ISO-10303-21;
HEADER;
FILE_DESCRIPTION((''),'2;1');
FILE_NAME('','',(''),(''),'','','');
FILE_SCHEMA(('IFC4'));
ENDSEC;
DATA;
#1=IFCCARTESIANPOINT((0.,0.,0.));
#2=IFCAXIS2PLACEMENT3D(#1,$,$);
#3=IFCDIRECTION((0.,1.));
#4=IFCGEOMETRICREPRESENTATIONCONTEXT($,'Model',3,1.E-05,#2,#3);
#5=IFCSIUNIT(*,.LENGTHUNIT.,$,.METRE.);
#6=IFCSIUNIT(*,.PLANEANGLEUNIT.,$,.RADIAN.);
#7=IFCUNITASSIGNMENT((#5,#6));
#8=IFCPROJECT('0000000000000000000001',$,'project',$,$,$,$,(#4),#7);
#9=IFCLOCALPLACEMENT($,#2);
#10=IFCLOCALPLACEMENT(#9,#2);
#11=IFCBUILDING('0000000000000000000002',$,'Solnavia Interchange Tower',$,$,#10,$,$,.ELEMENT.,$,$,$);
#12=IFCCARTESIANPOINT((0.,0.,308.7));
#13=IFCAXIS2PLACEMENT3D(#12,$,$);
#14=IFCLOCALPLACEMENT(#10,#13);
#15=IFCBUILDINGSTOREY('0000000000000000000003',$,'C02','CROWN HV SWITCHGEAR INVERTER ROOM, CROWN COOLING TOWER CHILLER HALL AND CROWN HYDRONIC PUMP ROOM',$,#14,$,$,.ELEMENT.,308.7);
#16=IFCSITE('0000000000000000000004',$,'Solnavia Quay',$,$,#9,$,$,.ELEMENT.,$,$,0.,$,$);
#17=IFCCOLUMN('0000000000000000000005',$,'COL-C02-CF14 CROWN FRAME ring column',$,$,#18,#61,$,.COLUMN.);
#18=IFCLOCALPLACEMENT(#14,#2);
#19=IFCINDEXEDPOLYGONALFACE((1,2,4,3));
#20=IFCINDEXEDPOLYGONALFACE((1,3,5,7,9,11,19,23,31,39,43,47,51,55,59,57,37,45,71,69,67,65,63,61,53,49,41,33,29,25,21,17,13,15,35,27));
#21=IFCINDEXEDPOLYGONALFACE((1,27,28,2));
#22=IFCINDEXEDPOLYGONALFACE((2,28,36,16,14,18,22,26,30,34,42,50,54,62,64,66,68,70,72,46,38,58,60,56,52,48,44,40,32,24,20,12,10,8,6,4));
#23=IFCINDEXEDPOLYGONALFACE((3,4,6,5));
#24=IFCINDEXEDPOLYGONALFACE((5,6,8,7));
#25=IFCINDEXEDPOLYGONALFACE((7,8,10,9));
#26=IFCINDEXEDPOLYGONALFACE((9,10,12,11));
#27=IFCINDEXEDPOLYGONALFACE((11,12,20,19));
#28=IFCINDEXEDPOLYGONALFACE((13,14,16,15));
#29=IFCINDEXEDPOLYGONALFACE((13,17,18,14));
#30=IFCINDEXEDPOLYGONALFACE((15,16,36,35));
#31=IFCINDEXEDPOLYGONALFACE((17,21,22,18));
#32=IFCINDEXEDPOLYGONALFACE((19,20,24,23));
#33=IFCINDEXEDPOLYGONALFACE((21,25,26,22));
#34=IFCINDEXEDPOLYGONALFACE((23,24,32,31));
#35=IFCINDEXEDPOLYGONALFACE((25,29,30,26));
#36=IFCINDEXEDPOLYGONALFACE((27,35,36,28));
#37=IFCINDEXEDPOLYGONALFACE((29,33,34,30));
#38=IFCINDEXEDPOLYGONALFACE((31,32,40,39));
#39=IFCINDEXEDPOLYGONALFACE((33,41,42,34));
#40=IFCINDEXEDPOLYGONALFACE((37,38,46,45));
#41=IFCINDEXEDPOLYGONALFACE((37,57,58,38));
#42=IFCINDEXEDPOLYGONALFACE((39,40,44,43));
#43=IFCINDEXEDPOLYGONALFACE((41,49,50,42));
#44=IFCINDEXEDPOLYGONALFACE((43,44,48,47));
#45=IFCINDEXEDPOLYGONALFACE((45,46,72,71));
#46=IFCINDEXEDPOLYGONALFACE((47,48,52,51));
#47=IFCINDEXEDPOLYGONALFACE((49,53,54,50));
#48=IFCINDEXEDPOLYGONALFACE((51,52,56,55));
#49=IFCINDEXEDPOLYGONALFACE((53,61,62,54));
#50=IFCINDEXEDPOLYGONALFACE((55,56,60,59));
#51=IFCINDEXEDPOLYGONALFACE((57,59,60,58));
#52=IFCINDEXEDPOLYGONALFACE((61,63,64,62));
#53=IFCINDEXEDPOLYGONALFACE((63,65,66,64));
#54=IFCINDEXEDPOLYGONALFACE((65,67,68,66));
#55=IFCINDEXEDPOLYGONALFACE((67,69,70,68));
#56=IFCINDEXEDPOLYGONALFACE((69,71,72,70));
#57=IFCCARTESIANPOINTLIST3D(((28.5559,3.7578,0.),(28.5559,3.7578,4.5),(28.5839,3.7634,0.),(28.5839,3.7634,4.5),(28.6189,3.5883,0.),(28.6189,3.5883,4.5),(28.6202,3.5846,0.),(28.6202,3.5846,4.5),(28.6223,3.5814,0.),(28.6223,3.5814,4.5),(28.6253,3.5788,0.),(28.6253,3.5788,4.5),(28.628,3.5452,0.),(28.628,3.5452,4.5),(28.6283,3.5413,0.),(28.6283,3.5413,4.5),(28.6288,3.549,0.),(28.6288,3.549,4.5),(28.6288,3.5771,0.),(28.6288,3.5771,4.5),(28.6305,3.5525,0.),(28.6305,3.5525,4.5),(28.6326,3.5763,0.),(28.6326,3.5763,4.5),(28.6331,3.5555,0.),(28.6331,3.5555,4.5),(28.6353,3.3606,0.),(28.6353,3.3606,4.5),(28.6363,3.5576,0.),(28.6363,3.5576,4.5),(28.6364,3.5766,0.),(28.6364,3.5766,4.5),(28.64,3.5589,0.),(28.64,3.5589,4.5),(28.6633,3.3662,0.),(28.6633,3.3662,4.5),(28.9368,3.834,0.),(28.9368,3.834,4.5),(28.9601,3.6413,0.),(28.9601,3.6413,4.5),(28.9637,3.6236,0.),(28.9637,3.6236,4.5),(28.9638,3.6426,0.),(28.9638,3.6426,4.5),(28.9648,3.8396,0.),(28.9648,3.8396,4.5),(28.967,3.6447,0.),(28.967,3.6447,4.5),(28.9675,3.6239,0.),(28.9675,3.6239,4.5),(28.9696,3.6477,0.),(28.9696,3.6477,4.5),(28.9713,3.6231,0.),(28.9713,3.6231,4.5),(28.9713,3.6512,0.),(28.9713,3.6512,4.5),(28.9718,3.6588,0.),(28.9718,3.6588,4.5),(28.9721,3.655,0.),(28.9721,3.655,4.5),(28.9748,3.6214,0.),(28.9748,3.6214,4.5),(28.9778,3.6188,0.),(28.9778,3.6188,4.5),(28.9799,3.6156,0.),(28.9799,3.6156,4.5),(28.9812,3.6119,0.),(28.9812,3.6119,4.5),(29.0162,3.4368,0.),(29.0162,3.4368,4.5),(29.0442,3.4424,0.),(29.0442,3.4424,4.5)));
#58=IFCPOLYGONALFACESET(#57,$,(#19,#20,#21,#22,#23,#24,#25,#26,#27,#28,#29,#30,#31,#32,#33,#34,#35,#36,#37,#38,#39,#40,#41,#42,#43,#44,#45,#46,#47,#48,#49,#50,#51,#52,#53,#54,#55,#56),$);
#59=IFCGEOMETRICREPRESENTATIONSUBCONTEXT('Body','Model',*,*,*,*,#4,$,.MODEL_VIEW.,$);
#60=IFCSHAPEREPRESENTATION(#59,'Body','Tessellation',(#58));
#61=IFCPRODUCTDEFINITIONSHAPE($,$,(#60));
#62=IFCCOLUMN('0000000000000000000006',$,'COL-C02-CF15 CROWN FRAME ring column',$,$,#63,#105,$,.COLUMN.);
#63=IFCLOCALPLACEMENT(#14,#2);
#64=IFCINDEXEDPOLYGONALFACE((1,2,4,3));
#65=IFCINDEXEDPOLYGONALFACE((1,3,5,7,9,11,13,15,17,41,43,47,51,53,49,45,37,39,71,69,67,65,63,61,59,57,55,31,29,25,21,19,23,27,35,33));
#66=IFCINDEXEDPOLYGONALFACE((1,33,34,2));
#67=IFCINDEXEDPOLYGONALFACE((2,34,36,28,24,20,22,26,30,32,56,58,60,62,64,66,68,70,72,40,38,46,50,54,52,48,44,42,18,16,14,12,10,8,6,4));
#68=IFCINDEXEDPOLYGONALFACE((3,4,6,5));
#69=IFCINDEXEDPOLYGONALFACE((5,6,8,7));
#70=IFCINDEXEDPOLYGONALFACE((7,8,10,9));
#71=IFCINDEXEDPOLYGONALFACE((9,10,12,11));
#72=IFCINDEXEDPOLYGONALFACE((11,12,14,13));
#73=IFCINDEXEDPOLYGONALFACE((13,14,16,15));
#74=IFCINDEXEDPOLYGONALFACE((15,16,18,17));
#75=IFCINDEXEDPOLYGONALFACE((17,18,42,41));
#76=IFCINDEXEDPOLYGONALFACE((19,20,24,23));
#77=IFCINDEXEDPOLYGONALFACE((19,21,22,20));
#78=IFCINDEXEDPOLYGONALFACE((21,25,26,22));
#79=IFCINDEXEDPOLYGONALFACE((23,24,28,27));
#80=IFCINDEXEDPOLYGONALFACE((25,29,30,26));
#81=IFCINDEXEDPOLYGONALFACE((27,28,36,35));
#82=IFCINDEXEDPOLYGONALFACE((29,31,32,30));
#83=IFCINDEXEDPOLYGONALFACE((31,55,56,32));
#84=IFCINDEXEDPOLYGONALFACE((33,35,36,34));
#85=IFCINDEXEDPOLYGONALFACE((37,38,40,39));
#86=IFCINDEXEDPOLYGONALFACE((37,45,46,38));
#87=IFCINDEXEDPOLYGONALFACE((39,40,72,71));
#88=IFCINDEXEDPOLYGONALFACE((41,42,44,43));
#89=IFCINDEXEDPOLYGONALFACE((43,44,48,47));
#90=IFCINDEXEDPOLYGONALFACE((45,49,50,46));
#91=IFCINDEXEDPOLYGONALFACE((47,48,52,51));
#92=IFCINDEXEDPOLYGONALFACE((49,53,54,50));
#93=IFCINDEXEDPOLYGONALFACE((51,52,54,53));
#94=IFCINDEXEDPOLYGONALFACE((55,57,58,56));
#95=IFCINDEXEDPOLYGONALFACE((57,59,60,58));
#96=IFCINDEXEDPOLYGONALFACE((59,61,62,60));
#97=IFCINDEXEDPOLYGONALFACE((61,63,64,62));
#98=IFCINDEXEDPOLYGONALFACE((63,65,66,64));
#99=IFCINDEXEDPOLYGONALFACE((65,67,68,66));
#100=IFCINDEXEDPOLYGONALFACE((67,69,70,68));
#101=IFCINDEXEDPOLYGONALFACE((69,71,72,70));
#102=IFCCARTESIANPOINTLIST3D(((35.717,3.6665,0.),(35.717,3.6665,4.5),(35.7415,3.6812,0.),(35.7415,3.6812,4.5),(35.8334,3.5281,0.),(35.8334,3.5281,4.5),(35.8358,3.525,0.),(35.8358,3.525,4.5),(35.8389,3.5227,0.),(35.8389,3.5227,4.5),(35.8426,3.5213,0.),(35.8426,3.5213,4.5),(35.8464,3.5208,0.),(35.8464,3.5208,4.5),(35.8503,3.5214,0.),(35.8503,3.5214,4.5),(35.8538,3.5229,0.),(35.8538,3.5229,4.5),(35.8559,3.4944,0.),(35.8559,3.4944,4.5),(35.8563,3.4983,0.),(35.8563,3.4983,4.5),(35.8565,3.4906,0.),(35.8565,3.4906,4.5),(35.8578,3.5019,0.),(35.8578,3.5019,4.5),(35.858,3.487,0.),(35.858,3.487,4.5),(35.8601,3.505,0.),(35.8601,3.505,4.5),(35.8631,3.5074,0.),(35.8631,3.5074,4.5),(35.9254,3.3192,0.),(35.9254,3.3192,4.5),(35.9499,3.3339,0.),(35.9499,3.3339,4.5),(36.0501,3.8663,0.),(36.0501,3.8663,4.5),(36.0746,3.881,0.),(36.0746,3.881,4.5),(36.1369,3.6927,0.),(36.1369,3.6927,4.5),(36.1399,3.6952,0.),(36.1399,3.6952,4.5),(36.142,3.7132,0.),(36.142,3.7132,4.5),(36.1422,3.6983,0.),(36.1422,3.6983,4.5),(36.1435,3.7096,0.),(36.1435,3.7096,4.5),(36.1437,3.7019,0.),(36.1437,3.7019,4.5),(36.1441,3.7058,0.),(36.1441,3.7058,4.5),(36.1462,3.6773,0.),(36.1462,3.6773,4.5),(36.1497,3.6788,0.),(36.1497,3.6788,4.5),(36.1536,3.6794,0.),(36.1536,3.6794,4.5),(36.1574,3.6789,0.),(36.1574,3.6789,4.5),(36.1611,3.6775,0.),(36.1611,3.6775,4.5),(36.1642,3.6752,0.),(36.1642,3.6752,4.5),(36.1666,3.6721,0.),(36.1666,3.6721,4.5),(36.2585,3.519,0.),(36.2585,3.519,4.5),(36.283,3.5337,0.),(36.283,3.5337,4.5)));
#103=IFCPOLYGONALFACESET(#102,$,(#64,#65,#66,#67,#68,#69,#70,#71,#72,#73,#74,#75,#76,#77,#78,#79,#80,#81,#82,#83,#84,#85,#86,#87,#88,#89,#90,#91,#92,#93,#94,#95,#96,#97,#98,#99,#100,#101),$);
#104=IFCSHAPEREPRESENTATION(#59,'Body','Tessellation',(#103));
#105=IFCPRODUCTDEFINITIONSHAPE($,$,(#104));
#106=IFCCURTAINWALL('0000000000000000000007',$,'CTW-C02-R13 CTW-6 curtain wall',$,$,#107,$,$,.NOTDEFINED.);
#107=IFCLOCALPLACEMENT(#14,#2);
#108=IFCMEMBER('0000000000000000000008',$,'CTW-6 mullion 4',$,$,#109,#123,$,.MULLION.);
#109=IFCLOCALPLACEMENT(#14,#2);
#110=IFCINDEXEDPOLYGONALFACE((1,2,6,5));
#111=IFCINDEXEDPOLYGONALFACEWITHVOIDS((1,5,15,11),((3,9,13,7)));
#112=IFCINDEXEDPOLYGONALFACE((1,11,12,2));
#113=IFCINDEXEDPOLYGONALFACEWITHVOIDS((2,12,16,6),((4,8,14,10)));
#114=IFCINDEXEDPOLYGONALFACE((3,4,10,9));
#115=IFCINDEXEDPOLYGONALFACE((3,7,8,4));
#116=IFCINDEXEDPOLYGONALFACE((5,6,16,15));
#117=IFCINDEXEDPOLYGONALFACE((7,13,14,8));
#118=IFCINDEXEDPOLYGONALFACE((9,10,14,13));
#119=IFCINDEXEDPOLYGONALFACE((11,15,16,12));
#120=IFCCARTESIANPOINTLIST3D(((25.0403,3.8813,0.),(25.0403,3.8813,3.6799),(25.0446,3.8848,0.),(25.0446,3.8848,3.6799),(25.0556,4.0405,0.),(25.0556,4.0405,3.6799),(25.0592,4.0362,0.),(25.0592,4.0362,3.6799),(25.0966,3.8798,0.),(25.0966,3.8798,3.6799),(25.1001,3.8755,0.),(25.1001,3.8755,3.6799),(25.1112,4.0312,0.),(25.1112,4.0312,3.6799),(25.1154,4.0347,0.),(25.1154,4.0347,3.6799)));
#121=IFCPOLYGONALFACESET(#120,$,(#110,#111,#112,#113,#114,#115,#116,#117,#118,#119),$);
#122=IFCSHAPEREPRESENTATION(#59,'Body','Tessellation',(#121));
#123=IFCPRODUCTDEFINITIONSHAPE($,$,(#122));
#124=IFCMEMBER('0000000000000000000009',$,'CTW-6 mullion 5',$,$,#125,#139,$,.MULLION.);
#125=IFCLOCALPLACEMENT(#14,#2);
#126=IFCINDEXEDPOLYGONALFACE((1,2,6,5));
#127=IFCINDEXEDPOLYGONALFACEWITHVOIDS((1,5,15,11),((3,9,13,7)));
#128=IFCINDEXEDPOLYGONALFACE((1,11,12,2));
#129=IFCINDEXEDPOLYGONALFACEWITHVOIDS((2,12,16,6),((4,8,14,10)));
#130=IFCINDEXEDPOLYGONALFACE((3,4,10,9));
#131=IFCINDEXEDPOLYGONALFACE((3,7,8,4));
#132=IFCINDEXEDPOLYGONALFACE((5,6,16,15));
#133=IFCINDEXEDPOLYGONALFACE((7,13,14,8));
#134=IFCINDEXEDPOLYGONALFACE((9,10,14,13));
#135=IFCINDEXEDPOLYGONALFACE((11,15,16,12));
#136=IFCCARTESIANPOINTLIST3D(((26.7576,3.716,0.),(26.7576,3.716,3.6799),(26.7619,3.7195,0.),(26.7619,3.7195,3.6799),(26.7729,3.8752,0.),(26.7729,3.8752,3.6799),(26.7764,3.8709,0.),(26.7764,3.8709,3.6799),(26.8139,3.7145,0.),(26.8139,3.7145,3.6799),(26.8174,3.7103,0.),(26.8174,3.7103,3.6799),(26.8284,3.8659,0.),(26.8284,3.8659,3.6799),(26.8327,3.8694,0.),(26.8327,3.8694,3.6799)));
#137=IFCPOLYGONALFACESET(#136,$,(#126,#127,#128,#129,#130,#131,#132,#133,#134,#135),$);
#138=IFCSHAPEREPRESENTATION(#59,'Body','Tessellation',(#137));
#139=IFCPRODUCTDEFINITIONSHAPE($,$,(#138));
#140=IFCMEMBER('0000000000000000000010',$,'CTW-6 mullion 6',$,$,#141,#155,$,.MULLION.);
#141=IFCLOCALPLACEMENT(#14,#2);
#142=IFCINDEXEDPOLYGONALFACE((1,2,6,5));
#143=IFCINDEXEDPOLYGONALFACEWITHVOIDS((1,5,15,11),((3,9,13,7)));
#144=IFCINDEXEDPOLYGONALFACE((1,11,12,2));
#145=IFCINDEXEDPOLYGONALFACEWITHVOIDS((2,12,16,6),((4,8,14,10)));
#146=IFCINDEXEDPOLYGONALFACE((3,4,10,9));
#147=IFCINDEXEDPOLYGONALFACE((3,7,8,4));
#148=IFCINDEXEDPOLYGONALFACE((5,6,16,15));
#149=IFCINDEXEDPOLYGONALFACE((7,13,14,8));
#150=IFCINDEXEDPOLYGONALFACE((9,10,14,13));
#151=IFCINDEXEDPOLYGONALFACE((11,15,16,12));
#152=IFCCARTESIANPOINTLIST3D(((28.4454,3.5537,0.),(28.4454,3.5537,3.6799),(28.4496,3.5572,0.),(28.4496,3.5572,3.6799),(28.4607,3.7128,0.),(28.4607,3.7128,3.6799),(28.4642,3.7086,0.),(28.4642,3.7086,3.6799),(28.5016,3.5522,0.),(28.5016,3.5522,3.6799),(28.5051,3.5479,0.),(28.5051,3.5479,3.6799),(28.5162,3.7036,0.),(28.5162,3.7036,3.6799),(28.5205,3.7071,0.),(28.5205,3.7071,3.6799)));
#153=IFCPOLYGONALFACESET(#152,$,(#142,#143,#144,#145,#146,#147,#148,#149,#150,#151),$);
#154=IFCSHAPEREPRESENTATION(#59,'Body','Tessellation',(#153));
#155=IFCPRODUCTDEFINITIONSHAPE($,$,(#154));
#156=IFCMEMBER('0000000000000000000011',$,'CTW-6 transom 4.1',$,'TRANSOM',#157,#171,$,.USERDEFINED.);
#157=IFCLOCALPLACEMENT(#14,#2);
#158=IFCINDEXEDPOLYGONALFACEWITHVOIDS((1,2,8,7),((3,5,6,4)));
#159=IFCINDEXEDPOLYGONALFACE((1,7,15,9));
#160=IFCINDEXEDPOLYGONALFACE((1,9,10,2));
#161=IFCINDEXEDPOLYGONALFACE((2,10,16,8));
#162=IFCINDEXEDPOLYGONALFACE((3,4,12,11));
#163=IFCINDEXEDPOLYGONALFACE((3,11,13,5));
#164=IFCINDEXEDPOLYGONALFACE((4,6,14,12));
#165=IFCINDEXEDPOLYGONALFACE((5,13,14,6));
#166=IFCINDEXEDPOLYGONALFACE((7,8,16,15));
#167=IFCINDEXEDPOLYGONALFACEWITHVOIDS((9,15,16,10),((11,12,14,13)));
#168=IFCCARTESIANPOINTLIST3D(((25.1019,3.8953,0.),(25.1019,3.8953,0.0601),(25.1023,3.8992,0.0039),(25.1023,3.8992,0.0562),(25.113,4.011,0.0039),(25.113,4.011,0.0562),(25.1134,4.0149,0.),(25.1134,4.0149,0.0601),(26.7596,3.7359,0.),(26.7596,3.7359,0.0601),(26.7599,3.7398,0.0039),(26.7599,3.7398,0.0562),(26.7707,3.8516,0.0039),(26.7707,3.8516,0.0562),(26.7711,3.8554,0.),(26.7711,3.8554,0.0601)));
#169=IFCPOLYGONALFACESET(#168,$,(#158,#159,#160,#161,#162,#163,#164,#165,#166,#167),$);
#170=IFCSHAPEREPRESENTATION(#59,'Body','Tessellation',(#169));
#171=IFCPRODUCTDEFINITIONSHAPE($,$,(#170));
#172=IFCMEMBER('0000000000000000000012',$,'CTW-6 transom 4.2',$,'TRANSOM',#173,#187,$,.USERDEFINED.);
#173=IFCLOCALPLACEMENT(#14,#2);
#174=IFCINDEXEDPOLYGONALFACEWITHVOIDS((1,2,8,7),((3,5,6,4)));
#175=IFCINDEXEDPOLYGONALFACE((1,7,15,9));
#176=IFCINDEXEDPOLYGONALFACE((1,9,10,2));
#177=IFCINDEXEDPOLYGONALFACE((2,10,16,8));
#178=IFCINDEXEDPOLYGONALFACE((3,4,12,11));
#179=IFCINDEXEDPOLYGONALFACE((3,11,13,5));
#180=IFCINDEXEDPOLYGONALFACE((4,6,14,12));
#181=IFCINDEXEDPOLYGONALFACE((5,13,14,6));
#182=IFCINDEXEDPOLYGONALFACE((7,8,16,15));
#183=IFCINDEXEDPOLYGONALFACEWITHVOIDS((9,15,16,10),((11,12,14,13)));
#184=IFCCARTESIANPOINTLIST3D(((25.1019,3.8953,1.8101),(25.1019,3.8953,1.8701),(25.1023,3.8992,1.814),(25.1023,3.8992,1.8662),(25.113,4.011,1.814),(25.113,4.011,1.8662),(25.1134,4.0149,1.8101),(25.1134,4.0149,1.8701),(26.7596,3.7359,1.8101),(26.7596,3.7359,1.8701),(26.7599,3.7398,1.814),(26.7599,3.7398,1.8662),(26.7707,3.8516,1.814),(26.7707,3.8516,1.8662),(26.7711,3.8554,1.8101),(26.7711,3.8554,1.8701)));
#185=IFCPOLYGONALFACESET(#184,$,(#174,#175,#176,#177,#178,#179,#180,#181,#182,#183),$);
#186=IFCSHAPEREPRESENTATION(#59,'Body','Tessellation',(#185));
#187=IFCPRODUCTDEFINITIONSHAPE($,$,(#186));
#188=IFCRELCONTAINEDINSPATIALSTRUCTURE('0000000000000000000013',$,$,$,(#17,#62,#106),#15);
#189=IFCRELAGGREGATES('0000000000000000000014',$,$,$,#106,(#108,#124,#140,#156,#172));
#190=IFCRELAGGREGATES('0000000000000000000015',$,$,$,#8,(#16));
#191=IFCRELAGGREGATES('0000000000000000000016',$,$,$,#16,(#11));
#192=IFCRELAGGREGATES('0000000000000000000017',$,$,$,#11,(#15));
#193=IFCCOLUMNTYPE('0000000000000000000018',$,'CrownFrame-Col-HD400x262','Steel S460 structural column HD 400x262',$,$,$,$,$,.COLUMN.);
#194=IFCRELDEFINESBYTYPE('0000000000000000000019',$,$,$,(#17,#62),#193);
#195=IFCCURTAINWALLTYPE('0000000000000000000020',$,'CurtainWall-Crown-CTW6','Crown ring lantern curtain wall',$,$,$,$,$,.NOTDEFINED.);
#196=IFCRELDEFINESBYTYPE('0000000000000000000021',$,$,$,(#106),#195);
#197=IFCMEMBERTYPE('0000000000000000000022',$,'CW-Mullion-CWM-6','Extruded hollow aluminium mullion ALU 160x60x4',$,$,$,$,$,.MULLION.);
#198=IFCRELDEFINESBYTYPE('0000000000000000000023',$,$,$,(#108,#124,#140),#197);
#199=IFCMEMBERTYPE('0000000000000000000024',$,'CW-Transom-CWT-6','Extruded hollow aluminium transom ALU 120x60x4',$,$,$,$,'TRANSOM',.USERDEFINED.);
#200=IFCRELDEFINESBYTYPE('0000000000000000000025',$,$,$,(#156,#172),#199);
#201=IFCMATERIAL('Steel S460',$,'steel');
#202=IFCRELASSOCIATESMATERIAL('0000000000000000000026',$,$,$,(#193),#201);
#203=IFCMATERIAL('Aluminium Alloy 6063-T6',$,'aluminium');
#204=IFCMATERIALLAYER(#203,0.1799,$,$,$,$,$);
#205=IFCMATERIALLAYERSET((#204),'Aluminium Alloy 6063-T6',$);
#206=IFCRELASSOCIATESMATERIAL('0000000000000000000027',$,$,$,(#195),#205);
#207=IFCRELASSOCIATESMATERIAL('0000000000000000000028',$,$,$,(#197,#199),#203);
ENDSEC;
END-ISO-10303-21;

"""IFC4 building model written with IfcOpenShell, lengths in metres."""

from ifc_helpers import new_model, si_unit, direction, frame, origin, origin_2d, place, context, subcontext, project, spatial, hollow_rectangle, i_section, extrude, material, layer, layer_set, material_profile, profile_set, type_object, element, aggregate, save


model = new_model("IFC4")

# Units and contexts
model_context = context("Model", 3, precision=1e-05, world=origin(), true_north=direction((0.0, 1.0)))
body_context = subcontext(model_context, "Body", "Model", "MODEL_VIEW")
ifc_project = project(units=[si_unit("LENGTHUNIT", "METRE"), si_unit("PLANEANGLEUNIT", "RADIAN")], contexts=[model_context])

# Site, building, storey
site_placement = place(None, origin())
site = spatial("IfcSite", under=ifc_project, at=site_placement, Name="Solnavia Quay", CompositionType="ELEMENT", RefElevation=0.0)
building_placement = place(site_placement, origin())
building = spatial("IfcBuilding", under=site, at=building_placement, Name="Solnavia Interchange Tower", CompositionType="ELEMENT")
storey_placement = place(building_placement, frame((0.0, 0.0, 308.7)))
storey = spatial("IfcBuildingStorey", under=building, at=storey_placement, Name="C02", Description="CROWN HV SWITCHGEAR INVERTER ROOM, CROWN COOLING TOWER CHILLER HALL AND CROWN HYDRONIC PUMP ROOM", CompositionType="ELEMENT", Elevation=308.7)

# Columns
ifc_material_1 = material(Name="Steel S460", Category="steel")
ifc_material_profile_1 = material_profile(ifc_material_1, i_section(OverallWidth=0.405, OverallDepth=0.417, WebThickness=0.0181, FlangeThickness=0.0286, FilletRadius=0.0149, at=origin_2d()), Name="HD 400x262")
ifc_profile_set_1 = profile_set([ifc_material_profile_1], Name="Steel S460")
column_type = type_object("IfcColumnType", Name="CrownFrame-Col-HD400x262", Description="Steel S460 structural column HD 400x262", PredefinedType="COLUMN", material=ifc_profile_set_1)
for number, where, z_axis, x_axis, name in (
    (1, (28.8, 3.6001, 0.0), (0.0, 0.0, 1.0), (0.196117, -0.98058, 0.0), "COL-C02-CF14 CROWN FRAME ring column"),
    (2, (36.0, 3.6001, 0.0), (0.0, 0.0, 1.0), (0.51444, -0.857527, 0.0), "COL-C02-CF15 CROWN FRAME ring column"),
):
    element("IfcColumn", number, at=place(storey_placement, frame(where, z_axis=z_axis, x_axis=x_axis)), inside=storey, type_object=column_type, Name=name, PredefinedType="COLUMN", context=body_context, shape_type="SweptSolid", body=[
        extrude(i_section(OverallWidth=0.405, OverallDepth=0.417, WebThickness=0.0181, FlangeThickness=0.0286, FilletRadius=0.0149, at=origin_2d()), origin(), (0.0, 0.0, 1.0), 4.5),
    ])

# Curtain wall, members
ifc_material_2 = material(Name="Aluminium Alloy 6063-T6", Category="aluminium")
ifc_layer_1 = layer(ifc_material_2, 0.1799)
ifc_layer_set_1 = layer_set([ifc_layer_1], Name="Aluminium Alloy 6063-T6")
curtain_wall_type = type_object("IfcCurtainWallType", Name="CurtainWall-Crown-CTW6", Description="Crown ring lantern curtain wall", PredefinedType="NOTDEFINED", material=ifc_layer_set_1)
curtain_wall_placement = place(storey_placement, origin())
curtain_wall = element("IfcCurtainWall", 3, at=curtain_wall_placement, inside=storey, type_object=curtain_wall_type, Name="CTW-C02-R13 CTW-6 curtain wall", PredefinedType="NOTDEFINED")
ifc_material_profile_2 = material_profile(ifc_material_2, hollow_rectangle(XDim=0.0601, YDim=0.1599, WallThickness=0.0039, at=origin_2d()), Name="ALU 160x60x4")
ifc_profile_set_2 = profile_set([ifc_material_profile_2], Name="Aluminium Alloy 6063-T6")
member_type_1 = type_object("IfcMemberType", Name="CW-Mullion-CWM-6", Description="Extruded hollow aluminium mullion ALU 160x60x4", PredefinedType="MULLION", material=ifc_profile_set_2)
member_1_placement = place(storey_placement, frame((25.0779, 3.958, 0.0), z_axis=(0.0, 0.0, 1.0), x_axis=(0.995408, -0.09572, 0.0)))
member_1 = element("IfcMember", 4, at=member_1_placement, type_object=member_type_1, Name="CTW-6 mullion 4", PredefinedType="MULLION", context=body_context, shape_type="SweptSolid", body=[
    extrude(hollow_rectangle(XDim=0.0601, YDim=0.1599, WallThickness=0.0039, at=origin_2d()), origin(), (0.0, 0.0, 1.0), 3.6799),
])
member_2_placement = place(storey_placement, frame((26.7952, 3.7927, 0.0), z_axis=(0.0, 0.0, 1.0), x_axis=(0.995408, -0.09572, 0.0)))
member_2 = element("IfcMember", 5, at=member_2_placement, type_object=member_type_1, Name="CTW-6 mullion 5", PredefinedType="MULLION", context=body_context, shape_type="SweptSolid", body=[
    extrude(hollow_rectangle(XDim=0.0601, YDim=0.1599, WallThickness=0.0039, at=origin_2d()), origin(), (0.0, 0.0, 1.0), 3.6799),
])
member_3_placement = place(storey_placement, frame((28.4829, 3.6304, 0.0), z_axis=(0.0, 0.0, 1.0), x_axis=(0.995408, -0.09572, 0.0)))
member_3 = element("IfcMember", 6, at=member_3_placement, type_object=member_type_1, Name="CTW-6 mullion 6", PredefinedType="MULLION", context=body_context, shape_type="SweptSolid", body=[
    extrude(hollow_rectangle(XDim=0.0601, YDim=0.1599, WallThickness=0.0039, at=origin_2d()), origin(), (0.0, 0.0, 1.0), 3.6799),
])
ifc_material_profile_3 = material_profile(ifc_material_2, hollow_rectangle(XDim=0.0601, YDim=0.1201, WallThickness=0.0039, at=origin_2d()), Name="ALU 120x60x4")
ifc_profile_set_3 = profile_set([ifc_material_profile_3], Name="Aluminium Alloy 6063-T6")
member_type_2 = type_object("IfcMemberType", Name="CW-Transom-CWT-6", Description="Extruded hollow aluminium transom ALU 120x60x4", ElementType="TRANSOM", PredefinedType="USERDEFINED", material=ifc_profile_set_3)
member_4_placement = place(storey_placement, frame((25.1077, 3.9551, 0.03), z_axis=(0.995407, -0.095729, 0.0), x_axis=(0.0, 0.0, 1.0)))
member_4 = element("IfcMember", 7, at=member_4_placement, type_object=member_type_2, Name="CTW-6 transom 4.1", ObjectType="TRANSOM", PredefinedType="USERDEFINED", context=body_context, shape_type="SweptSolid", body=[
    extrude(hollow_rectangle(XDim=0.0601, YDim=0.1201, WallThickness=0.0039, at=origin_2d()), origin(), (0.0, 0.0, 1.0), 1.6653),
])
member_5_placement = place(storey_placement, frame((25.1077, 3.9551, 1.8401), z_axis=(0.995407, -0.095729, 0.0), x_axis=(0.0, 0.0, 1.0)))
member_5 = element("IfcMember", 8, at=member_5_placement, type_object=member_type_2, Name="CTW-6 transom 4.2", ObjectType="TRANSOM", PredefinedType="USERDEFINED", context=body_context, shape_type="SweptSolid", body=[
    extrude(hollow_rectangle(XDim=0.0601, YDim=0.1201, WallThickness=0.0039, at=origin_2d()), origin(), (0.0, 0.0, 1.0), 1.6653),
])

aggregate(curtain_wall, [member_1, member_2, member_3, member_4, member_5])

save(model, "model.ifc")
